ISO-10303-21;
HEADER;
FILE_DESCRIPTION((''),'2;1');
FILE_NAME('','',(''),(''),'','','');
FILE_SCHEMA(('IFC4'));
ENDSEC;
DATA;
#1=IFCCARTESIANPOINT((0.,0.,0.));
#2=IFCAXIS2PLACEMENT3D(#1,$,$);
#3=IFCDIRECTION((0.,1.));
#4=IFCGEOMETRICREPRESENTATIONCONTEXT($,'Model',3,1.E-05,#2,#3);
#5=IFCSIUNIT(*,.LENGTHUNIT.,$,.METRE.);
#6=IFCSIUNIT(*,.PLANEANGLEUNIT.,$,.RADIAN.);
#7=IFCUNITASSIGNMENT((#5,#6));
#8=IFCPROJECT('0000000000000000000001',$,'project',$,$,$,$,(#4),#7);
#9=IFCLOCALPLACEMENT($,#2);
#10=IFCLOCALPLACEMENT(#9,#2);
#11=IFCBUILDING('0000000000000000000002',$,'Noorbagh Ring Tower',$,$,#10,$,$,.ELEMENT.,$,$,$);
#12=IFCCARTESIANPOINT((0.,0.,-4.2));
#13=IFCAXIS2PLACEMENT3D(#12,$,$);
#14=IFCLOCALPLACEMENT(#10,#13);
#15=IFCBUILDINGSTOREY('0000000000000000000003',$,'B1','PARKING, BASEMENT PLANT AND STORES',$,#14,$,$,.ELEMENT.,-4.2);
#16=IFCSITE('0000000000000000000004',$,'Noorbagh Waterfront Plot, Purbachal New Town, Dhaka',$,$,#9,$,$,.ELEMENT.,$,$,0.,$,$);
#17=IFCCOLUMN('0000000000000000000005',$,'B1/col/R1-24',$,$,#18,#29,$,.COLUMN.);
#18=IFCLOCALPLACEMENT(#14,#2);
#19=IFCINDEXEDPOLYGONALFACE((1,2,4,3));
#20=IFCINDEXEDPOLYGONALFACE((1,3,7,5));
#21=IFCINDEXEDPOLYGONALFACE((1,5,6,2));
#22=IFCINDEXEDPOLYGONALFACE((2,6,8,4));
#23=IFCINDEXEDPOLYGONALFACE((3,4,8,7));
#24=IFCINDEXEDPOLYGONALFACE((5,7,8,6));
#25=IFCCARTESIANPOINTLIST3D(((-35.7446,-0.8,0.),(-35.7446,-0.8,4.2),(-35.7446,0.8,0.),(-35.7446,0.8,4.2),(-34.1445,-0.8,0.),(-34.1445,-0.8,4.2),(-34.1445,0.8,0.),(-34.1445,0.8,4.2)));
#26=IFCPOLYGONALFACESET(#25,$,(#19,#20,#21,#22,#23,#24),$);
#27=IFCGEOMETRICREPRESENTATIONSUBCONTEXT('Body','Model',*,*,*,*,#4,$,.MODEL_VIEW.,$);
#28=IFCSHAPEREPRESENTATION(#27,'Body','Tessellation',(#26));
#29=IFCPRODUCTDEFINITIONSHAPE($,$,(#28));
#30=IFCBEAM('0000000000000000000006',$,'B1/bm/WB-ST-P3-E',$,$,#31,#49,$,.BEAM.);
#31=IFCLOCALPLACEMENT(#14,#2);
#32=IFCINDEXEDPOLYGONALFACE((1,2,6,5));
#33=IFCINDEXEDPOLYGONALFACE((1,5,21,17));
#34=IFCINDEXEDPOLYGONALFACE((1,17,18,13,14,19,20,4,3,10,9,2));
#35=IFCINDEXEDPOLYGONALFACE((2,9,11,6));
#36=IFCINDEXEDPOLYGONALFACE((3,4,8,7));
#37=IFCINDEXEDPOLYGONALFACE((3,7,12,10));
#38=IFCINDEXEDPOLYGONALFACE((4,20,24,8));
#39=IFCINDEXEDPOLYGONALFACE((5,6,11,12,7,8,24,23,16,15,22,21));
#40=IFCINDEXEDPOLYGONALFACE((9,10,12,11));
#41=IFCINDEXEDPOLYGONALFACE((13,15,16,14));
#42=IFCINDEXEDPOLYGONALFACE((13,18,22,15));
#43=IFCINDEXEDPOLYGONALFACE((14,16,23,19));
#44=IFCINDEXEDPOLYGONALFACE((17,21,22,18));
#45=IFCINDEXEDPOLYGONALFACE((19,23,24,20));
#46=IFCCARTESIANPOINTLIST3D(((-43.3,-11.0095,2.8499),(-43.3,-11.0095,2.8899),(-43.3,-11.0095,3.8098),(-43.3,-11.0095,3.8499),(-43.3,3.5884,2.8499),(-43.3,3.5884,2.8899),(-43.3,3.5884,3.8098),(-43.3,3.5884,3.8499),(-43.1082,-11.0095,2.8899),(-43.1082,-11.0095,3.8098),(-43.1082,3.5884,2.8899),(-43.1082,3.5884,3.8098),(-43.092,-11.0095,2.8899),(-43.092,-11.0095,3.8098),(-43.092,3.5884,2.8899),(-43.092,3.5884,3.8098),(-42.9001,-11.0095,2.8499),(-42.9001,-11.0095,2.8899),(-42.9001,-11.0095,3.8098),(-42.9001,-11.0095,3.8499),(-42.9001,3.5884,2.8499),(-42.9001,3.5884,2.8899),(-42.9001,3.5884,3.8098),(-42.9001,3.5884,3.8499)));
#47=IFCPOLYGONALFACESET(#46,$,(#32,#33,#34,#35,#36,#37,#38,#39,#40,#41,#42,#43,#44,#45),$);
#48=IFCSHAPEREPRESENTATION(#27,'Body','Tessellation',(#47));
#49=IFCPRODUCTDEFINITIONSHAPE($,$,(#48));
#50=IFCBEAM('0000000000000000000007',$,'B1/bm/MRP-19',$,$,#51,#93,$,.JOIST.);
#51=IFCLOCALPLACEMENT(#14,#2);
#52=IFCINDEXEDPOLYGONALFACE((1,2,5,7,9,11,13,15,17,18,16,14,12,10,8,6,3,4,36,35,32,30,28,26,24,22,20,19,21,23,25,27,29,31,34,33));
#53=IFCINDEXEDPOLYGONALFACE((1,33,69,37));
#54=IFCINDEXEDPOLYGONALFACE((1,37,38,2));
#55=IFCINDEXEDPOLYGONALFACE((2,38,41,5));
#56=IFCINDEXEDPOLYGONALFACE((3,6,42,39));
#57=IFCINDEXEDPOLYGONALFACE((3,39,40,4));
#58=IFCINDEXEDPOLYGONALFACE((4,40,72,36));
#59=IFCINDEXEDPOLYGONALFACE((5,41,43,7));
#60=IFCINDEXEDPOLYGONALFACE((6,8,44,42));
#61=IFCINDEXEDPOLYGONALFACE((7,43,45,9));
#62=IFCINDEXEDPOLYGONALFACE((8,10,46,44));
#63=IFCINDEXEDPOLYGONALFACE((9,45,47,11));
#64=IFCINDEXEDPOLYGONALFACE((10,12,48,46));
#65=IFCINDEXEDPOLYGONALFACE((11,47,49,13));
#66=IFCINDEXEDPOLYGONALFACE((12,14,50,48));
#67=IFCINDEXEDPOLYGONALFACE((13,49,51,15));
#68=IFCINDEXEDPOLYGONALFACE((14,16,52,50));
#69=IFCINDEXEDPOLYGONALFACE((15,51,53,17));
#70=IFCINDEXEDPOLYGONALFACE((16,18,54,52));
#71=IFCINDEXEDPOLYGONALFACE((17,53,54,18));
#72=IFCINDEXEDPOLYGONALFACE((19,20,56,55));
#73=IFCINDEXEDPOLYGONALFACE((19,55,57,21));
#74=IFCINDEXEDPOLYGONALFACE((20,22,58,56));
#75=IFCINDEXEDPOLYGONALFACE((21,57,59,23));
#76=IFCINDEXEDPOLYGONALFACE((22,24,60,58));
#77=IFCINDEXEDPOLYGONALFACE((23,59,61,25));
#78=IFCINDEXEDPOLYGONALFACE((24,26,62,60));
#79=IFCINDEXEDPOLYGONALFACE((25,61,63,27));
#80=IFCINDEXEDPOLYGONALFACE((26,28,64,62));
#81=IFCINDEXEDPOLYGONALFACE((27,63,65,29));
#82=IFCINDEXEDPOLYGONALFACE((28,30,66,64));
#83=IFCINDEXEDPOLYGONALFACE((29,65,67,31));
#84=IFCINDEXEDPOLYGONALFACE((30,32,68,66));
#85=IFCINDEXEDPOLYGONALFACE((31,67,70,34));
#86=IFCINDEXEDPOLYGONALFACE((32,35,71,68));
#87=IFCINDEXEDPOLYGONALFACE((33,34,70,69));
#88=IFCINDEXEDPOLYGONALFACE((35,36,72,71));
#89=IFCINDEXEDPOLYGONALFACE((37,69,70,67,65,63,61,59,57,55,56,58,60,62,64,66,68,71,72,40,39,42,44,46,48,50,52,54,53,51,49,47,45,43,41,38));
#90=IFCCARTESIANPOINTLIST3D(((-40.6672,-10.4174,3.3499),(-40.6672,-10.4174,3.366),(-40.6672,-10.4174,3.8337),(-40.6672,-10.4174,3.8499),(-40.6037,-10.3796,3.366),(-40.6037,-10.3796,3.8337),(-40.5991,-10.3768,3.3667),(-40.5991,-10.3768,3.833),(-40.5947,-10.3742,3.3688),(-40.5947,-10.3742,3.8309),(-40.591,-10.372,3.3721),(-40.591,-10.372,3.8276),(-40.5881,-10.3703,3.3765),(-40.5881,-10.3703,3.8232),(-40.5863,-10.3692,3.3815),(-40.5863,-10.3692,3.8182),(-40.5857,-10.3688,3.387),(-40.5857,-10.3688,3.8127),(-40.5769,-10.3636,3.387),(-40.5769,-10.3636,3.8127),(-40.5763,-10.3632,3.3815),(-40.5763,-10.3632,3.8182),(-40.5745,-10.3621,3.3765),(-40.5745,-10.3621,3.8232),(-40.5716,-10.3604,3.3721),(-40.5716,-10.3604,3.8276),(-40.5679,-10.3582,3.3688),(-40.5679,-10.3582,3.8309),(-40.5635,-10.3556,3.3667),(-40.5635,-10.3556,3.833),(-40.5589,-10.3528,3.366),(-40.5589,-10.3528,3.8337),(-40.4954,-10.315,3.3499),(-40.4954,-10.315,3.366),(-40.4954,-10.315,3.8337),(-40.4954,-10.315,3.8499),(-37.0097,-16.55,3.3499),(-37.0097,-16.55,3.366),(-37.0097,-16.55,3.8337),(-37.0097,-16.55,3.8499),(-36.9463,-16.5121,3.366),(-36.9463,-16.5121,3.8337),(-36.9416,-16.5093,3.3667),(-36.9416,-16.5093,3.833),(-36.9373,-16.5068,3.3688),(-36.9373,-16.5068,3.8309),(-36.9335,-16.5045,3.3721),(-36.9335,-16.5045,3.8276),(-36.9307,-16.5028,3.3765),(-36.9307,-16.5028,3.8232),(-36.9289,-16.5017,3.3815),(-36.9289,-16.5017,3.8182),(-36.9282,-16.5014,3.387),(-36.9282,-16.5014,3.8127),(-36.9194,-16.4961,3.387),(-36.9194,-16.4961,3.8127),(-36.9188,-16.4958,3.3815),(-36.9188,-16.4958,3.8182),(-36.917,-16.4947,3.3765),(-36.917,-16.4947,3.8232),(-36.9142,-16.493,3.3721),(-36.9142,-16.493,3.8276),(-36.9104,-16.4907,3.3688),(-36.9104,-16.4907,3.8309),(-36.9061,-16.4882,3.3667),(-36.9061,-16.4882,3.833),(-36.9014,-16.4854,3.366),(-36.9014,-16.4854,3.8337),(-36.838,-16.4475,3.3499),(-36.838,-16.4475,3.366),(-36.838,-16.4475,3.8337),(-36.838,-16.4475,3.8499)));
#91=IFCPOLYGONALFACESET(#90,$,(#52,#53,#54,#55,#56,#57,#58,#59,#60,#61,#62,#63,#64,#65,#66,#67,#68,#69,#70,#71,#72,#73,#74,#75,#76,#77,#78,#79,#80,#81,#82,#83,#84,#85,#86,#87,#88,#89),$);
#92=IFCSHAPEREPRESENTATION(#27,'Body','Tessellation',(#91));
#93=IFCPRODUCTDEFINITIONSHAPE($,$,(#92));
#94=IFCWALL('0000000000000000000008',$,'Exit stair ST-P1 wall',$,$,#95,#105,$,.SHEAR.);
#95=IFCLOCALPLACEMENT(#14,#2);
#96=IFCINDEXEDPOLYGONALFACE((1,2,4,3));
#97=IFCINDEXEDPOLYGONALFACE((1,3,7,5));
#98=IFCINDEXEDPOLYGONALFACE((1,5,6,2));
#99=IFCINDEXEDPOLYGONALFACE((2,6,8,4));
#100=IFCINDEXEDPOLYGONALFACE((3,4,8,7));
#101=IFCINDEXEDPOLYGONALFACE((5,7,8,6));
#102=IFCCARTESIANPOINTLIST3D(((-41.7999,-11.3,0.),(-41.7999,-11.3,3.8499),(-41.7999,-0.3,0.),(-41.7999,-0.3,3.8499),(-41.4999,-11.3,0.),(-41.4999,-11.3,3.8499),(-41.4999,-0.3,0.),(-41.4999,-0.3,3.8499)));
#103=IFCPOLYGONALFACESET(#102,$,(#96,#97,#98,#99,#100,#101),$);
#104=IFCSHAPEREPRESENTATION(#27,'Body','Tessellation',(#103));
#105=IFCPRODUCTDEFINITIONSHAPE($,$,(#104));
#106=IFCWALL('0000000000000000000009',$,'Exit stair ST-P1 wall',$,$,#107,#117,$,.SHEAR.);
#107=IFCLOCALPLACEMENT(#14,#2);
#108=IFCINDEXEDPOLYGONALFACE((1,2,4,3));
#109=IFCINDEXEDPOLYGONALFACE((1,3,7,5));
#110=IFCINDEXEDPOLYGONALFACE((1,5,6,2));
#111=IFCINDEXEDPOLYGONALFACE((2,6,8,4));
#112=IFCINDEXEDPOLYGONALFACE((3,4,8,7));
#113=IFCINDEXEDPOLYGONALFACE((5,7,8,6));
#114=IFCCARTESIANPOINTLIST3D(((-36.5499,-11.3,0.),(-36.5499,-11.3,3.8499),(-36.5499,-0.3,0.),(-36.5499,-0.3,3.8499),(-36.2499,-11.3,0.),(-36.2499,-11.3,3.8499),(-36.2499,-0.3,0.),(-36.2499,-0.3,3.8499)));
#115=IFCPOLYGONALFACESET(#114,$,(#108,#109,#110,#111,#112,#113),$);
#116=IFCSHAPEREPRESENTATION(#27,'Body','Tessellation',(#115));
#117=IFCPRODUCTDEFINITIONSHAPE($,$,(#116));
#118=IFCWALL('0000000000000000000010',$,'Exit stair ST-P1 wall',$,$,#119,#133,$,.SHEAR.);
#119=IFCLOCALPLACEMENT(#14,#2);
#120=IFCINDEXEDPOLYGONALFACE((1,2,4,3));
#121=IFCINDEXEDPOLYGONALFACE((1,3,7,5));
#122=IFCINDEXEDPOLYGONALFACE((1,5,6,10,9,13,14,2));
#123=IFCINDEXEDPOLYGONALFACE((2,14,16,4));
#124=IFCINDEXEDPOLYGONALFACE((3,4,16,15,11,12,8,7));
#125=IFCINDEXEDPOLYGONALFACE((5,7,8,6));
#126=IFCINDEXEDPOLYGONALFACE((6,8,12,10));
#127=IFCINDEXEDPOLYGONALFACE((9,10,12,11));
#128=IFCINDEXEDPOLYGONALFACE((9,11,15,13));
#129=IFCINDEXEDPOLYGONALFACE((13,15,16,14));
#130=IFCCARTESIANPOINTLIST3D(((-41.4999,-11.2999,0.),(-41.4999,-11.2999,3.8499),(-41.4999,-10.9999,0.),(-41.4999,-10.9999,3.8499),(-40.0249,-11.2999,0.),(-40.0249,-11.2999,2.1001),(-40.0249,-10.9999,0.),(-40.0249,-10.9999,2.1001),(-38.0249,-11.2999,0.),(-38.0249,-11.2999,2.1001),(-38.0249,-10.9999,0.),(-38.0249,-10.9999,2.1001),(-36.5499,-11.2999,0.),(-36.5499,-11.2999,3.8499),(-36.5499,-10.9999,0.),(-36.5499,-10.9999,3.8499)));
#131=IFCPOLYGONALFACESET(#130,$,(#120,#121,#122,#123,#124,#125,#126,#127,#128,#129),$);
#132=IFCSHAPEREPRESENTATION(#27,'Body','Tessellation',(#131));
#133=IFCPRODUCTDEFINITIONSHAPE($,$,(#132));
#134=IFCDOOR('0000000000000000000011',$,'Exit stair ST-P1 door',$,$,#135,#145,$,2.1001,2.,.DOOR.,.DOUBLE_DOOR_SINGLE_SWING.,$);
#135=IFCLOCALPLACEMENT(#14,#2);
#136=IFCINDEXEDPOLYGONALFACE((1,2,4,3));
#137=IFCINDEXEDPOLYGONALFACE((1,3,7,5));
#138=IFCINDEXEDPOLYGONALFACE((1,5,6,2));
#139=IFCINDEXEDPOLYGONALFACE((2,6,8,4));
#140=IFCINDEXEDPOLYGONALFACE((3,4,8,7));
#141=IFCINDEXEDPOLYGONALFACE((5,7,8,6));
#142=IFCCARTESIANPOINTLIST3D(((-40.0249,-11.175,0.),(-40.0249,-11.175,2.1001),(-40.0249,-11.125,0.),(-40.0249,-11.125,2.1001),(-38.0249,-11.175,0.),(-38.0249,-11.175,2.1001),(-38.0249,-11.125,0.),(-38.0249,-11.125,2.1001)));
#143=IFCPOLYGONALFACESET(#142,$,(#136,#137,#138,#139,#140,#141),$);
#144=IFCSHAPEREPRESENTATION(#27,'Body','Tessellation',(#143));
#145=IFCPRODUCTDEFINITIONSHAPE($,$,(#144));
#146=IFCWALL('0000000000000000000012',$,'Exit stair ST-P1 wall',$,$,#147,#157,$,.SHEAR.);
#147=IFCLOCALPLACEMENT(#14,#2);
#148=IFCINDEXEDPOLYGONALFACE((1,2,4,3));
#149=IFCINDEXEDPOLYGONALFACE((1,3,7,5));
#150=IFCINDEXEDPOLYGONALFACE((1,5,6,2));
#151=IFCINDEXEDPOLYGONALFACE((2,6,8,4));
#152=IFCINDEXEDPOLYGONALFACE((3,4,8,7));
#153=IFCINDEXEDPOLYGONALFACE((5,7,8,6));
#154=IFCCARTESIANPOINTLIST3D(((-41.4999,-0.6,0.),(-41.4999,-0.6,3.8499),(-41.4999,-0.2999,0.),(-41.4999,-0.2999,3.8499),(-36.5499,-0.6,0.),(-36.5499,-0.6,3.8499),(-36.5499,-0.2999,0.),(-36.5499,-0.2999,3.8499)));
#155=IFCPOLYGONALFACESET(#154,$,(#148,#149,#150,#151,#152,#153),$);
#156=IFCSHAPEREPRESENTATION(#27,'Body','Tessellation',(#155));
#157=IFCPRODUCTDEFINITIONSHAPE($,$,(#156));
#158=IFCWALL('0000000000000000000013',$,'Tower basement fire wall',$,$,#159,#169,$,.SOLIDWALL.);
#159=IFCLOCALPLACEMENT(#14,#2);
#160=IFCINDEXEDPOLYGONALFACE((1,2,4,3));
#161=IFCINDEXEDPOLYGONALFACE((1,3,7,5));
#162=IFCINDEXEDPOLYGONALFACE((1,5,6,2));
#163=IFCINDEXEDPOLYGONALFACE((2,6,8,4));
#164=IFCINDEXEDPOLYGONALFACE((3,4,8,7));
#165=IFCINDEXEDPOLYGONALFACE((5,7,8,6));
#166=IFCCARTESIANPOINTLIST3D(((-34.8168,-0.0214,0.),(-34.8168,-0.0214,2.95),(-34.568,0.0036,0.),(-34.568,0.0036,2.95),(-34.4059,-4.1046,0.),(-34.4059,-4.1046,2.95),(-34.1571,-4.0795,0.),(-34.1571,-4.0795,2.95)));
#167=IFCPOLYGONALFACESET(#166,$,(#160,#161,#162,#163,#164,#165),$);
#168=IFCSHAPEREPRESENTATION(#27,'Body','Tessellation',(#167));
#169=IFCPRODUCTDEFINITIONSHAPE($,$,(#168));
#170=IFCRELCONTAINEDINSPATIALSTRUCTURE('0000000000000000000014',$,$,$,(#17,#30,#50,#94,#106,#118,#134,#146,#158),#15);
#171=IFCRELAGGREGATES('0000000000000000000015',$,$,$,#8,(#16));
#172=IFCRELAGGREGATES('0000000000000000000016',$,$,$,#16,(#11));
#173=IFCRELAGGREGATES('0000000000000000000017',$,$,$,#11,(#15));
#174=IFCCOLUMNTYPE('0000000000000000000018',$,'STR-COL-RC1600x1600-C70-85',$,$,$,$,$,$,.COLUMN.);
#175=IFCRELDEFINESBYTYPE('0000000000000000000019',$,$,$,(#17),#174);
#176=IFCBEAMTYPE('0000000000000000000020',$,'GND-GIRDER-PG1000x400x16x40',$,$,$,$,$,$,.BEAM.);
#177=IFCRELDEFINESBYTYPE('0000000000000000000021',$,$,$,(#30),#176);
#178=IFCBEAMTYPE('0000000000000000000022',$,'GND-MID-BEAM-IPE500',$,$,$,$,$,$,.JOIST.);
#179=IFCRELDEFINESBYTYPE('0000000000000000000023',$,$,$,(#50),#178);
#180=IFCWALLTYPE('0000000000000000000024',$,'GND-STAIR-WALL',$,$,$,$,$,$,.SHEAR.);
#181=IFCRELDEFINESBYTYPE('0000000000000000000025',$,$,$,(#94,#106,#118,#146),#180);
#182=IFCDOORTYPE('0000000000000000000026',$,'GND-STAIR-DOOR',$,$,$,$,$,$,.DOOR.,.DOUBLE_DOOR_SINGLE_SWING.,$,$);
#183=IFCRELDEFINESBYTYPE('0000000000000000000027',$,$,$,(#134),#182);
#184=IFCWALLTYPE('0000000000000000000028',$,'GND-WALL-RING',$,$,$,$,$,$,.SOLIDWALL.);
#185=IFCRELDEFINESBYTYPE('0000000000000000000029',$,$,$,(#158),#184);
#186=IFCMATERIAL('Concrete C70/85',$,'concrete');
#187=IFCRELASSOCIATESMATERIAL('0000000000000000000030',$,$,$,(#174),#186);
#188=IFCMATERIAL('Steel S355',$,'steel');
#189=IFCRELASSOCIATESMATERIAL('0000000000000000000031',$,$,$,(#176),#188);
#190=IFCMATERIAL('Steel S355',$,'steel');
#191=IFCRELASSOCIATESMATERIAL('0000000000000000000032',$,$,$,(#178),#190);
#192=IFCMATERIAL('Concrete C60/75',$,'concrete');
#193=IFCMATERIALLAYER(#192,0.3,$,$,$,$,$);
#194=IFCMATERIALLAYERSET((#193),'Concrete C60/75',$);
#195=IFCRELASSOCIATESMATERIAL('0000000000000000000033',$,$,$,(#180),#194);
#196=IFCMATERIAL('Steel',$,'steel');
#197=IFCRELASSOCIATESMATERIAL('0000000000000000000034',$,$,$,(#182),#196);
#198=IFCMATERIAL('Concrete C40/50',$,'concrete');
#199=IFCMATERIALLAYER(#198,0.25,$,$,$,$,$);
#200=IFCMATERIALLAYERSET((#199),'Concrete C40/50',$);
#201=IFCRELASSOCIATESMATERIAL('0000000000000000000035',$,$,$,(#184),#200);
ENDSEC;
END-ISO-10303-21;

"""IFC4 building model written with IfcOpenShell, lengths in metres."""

from ifc_helpers import new_model, si_unit, direction, frame, frame_2d, origin, origin_2d, place, context, subcontext, project, spatial, rectangle, i_section, extrude, material, layer, layer_set, material_profile, profile_set, type_object, element, fill, save


model = new_model("IFC4")

# Units and contexts
model_context = context("Model", 3, precision=1e-05, world=origin(), true_north=direction((0.0, 1.0)))
body_context = subcontext(model_context, "Body", "Model", "MODEL_VIEW")
ifc_project = project(units=[si_unit("LENGTHUNIT", "METRE"), si_unit("PLANEANGLEUNIT", "RADIAN")], contexts=[model_context])

# Site, building, storey
site_placement = place(None, origin())
site = spatial("IfcSite", under=ifc_project, at=site_placement, Name="Noorbagh Waterfront Plot, Purbachal New Town, Dhaka", CompositionType="ELEMENT", RefElevation=0.0)
building_placement = place(site_placement, origin())
building = spatial("IfcBuilding", under=site, at=building_placement, Name="Noorbagh Ring Tower", CompositionType="ELEMENT")
storey_placement = place(building_placement, frame((0.0, 0.0, -4.2)))
storey = spatial("IfcBuildingStorey", under=building, at=storey_placement, Name="B1", Description="PARKING, BASEMENT PLANT AND STORES", CompositionType="ELEMENT", Elevation=-4.2)

# Column
ifc_material_1 = material(Name="Concrete C70/85", Category="concrete")
ifc_material_profile_1 = material_profile(ifc_material_1, rectangle(XDim=1.6001, YDim=1.6001, at=origin_2d()), Name="RC1600x1600")
ifc_profile_set_1 = profile_set([ifc_material_profile_1], Name="Concrete C70/85")
column_type = type_object("IfcColumnType", Name="STR-COL-RC1600x1600-C70-85", PredefinedType="COLUMN", material=ifc_profile_set_1)
column_placement = place(storey_placement, frame((-34.9446, 0.0, 0.0), z_axis=(0.0, 0.0, 1.0), x_axis=(0.0, -1.0, 0.0)))
element("IfcColumn", 1, at=column_placement, inside=storey, type_object=column_type, Name="B1/col/R1-24", PredefinedType="COLUMN", context=body_context, shape_type="SweptSolid", body=[
    extrude(rectangle(XDim=1.6001, YDim=1.6001, at=origin_2d()), origin(), (0.0, 0.0, 1.0), 4.2),
])

# Beams
ifc_material_2 = material(Name="Steel S355", Category="steel")
ifc_material_profile_2 = material_profile(ifc_material_2, i_section(OverallWidth=0.3999, OverallDepth=1.0, WebThickness=0.0161, FlangeThickness=0.04, at=origin_2d()), Name="PG1000x400x16x40")
ifc_profile_set_2 = profile_set([ifc_material_profile_2], Name="Steel S355")
beam_type_1 = type_object("IfcBeamType", Name="GND-GIRDER-PG1000x400x16x40", PredefinedType="BEAM", material=ifc_profile_set_2)
beam_1_placement = place(storey_placement, frame((-43.1001, -11.0095, 3.3499), z_axis=(0.0, 1.0, 0.0), x_axis=(-1.0, 0.0, 0.0)))
element("IfcBeam", 2, at=beam_1_placement, inside=storey, type_object=beam_type_1, Name="B1/bm/WB-ST-P3-E", PredefinedType="BEAM", context=body_context, shape_type="SweptSolid", body=[
    extrude(i_section(OverallWidth=0.3999, OverallDepth=1.0, WebThickness=0.0161, FlangeThickness=0.04, at=origin_2d()), origin(), (0.0, 0.0, 1.0), 14.5979),
])
ifc_material_3 = material(Name="Steel S355", Category="steel")
ifc_material_profile_3 = material_profile(ifc_material_3, i_section(OverallWidth=0.2, OverallDepth=0.5, WebThickness=0.0103, FlangeThickness=0.0161, FilletRadius=0.021, at=origin_2d()), Name="IPE500")
ifc_profile_set_3 = profile_set([ifc_material_profile_3], Name="Steel S355")
beam_type_2 = type_object("IfcBeamType", Name="GND-MID-BEAM-IPE500", PredefinedType="JOIST", material=ifc_profile_set_3)
beam_2_placement = place(storey_placement, frame((-40.5813, -10.3662, 3.5999), z_axis=(0.512221, -0.858854, 0.0), x_axis=(0.858854, 0.512221, 0.0)))
element("IfcBeam", 3, at=beam_2_placement, inside=storey, type_object=beam_type_2, Name="B1/bm/MRP-19", PredefinedType="JOIST", context=body_context, shape_type="SweptSolid", body=[
    extrude(i_section(OverallWidth=0.2, OverallDepth=0.5, WebThickness=0.0103, FlangeThickness=0.0161, FilletRadius=0.021, at=origin_2d()), origin(), (0.0, 0.0, 1.0), 7.1404),
])

# Walls
ifc_material_4 = material(Name="Concrete C60/75", Category="concrete")
ifc_layer_1 = layer(ifc_material_4, 0.3)
ifc_layer_set_1 = layer_set([ifc_layer_1], Name="Concrete C60/75")
wall_type_1 = type_object("IfcWallType", Name="GND-STAIR-WALL", PredefinedType="SHEAR", material=ifc_layer_set_1)
for number, where, z_axis, x_axis, name in (
    (4, (-41.6499, -11.3, 0.0), (0.0, 0.0, 1.0), (0.0, 1.0, 0.0), "Exit stair ST-P1 wall"),
    (5, (-36.3999, -11.3, 0.0), (0.0, 0.0, 1.0), (0.0, 1.0, 0.0), "Exit stair ST-P1 wall"),
):
    element("IfcWall", number, at=place(storey_placement, frame(where, z_axis=z_axis, x_axis=x_axis)), inside=storey, type_object=wall_type_1, Name=name, PredefinedType="SHEAR", context=body_context, shape_type="SweptSolid", body=[
        extrude(rectangle(XDim=11.0, YDim=0.3, at=frame_2d((5.5, 0.0))), origin(), (0.0, 0.0, 1.0), 3.8499),
    ])

# Wall, opening, door
wall_1_placement = place(storey_placement, frame((-41.5, -11.1499, 0.0), z_axis=(0.0, 0.0, 1.0), x_axis=(1.0, 0.0, 0.0)))
wall_1 = element("IfcWall", 6, at=wall_1_placement, inside=storey, type_object=wall_type_1, Name="Exit stair ST-P1 wall", PredefinedType="SHEAR", context=body_context, shape_type="SweptSolid", body=[
    extrude(rectangle(XDim=4.95, YDim=0.3, at=frame_2d((2.4751, 0.0))), origin(), (0.0, 0.0, 1.0), 3.8499),
])
opening_placement = place(wall_1_placement, frame((1.4751, 0.0, 0.0)))
opening = element("IfcOpeningElement", 7, at=opening_placement, cuts=wall_1, PredefinedType="OPENING", context=body_context, shape_type="SweptSolid", body=[
    extrude(rectangle(XDim=2.0, YDim=2.1001, at=frame_2d((1.0, 1.05))), frame((0.0, 0.1602, 0.0), z_axis=(0.0, -1.0, 0.0), x_axis=(1.0, 0.0, 0.0)), (0.0, 0.0, 1.0), 0.3201),
])
ifc_material_5 = material(Name="Steel", Category="steel")
door_type = type_object("IfcDoorType", Name="GND-STAIR-DOOR", OperationType="DOUBLE_DOOR_SINGLE_SWING", PredefinedType="DOOR", material=ifc_material_5)
door_placement = place(opening_placement, origin())
door = element("IfcDoor", 8, at=door_placement, inside=storey, type_object=door_type, Name="Exit stair ST-P1 door", OperationType="DOUBLE_DOOR_SINGLE_SWING", OverallHeight=2.1001, OverallWidth=2.0, PredefinedType="DOOR", context=body_context, shape_type="SweptSolid", body=[
    extrude(rectangle(XDim=2.0, YDim=2.1001, at=frame_2d((1.0, 1.05))), frame((0.0, 0.0249, 0.0), z_axis=(0.0, -1.0, 0.0), x_axis=(1.0, 0.0, 0.0)), (0.0, 0.0, 1.0), 0.05),
])
fill(opening, door)

# Walls
wall_2_placement = place(storey_placement, frame((-41.5, -0.45, 0.0), z_axis=(0.0, 0.0, 1.0), x_axis=(1.0, 0.0, 0.0)))
element("IfcWall", 9, at=wall_2_placement, inside=storey, type_object=wall_type_1, Name="Exit stair ST-P1 wall", PredefinedType="SHEAR", context=body_context, shape_type="SweptSolid", body=[
    extrude(rectangle(XDim=4.95, YDim=0.3, at=frame_2d((2.4751, 0.0))), origin(), (0.0, 0.0, 1.0), 3.8499),
])
ifc_material_6 = material(Name="Concrete C40/50", Category="concrete")
ifc_layer_2 = layer(ifc_material_6, 0.25)
ifc_layer_set_2 = layer_set([ifc_layer_2], Name="Concrete C40/50")
wall_type_2 = type_object("IfcWallType", Name="GND-WALL-RING", PredefinedType="SOLIDWALL", material=ifc_layer_set_2)
wall_3_placement = place(storey_placement, frame((-34.6924, -0.009, 0.0), z_axis=(0.0, 0.0, 1.0), x_axis=(0.100122, -0.994975, 0.0)))
element("IfcWall", 10, at=wall_3_placement, inside=storey, type_object=wall_type_2, Name="Tower basement fire wall", PredefinedType="SOLIDWALL", context=body_context, shape_type="SweptSolid", body=[
    extrude(rectangle(XDim=4.1038, YDim=0.25, at=frame_2d((2.0518, 0.0))), origin(), (0.0, 0.0, 1.0), 2.95),
])

save(model, "model.ifc")
